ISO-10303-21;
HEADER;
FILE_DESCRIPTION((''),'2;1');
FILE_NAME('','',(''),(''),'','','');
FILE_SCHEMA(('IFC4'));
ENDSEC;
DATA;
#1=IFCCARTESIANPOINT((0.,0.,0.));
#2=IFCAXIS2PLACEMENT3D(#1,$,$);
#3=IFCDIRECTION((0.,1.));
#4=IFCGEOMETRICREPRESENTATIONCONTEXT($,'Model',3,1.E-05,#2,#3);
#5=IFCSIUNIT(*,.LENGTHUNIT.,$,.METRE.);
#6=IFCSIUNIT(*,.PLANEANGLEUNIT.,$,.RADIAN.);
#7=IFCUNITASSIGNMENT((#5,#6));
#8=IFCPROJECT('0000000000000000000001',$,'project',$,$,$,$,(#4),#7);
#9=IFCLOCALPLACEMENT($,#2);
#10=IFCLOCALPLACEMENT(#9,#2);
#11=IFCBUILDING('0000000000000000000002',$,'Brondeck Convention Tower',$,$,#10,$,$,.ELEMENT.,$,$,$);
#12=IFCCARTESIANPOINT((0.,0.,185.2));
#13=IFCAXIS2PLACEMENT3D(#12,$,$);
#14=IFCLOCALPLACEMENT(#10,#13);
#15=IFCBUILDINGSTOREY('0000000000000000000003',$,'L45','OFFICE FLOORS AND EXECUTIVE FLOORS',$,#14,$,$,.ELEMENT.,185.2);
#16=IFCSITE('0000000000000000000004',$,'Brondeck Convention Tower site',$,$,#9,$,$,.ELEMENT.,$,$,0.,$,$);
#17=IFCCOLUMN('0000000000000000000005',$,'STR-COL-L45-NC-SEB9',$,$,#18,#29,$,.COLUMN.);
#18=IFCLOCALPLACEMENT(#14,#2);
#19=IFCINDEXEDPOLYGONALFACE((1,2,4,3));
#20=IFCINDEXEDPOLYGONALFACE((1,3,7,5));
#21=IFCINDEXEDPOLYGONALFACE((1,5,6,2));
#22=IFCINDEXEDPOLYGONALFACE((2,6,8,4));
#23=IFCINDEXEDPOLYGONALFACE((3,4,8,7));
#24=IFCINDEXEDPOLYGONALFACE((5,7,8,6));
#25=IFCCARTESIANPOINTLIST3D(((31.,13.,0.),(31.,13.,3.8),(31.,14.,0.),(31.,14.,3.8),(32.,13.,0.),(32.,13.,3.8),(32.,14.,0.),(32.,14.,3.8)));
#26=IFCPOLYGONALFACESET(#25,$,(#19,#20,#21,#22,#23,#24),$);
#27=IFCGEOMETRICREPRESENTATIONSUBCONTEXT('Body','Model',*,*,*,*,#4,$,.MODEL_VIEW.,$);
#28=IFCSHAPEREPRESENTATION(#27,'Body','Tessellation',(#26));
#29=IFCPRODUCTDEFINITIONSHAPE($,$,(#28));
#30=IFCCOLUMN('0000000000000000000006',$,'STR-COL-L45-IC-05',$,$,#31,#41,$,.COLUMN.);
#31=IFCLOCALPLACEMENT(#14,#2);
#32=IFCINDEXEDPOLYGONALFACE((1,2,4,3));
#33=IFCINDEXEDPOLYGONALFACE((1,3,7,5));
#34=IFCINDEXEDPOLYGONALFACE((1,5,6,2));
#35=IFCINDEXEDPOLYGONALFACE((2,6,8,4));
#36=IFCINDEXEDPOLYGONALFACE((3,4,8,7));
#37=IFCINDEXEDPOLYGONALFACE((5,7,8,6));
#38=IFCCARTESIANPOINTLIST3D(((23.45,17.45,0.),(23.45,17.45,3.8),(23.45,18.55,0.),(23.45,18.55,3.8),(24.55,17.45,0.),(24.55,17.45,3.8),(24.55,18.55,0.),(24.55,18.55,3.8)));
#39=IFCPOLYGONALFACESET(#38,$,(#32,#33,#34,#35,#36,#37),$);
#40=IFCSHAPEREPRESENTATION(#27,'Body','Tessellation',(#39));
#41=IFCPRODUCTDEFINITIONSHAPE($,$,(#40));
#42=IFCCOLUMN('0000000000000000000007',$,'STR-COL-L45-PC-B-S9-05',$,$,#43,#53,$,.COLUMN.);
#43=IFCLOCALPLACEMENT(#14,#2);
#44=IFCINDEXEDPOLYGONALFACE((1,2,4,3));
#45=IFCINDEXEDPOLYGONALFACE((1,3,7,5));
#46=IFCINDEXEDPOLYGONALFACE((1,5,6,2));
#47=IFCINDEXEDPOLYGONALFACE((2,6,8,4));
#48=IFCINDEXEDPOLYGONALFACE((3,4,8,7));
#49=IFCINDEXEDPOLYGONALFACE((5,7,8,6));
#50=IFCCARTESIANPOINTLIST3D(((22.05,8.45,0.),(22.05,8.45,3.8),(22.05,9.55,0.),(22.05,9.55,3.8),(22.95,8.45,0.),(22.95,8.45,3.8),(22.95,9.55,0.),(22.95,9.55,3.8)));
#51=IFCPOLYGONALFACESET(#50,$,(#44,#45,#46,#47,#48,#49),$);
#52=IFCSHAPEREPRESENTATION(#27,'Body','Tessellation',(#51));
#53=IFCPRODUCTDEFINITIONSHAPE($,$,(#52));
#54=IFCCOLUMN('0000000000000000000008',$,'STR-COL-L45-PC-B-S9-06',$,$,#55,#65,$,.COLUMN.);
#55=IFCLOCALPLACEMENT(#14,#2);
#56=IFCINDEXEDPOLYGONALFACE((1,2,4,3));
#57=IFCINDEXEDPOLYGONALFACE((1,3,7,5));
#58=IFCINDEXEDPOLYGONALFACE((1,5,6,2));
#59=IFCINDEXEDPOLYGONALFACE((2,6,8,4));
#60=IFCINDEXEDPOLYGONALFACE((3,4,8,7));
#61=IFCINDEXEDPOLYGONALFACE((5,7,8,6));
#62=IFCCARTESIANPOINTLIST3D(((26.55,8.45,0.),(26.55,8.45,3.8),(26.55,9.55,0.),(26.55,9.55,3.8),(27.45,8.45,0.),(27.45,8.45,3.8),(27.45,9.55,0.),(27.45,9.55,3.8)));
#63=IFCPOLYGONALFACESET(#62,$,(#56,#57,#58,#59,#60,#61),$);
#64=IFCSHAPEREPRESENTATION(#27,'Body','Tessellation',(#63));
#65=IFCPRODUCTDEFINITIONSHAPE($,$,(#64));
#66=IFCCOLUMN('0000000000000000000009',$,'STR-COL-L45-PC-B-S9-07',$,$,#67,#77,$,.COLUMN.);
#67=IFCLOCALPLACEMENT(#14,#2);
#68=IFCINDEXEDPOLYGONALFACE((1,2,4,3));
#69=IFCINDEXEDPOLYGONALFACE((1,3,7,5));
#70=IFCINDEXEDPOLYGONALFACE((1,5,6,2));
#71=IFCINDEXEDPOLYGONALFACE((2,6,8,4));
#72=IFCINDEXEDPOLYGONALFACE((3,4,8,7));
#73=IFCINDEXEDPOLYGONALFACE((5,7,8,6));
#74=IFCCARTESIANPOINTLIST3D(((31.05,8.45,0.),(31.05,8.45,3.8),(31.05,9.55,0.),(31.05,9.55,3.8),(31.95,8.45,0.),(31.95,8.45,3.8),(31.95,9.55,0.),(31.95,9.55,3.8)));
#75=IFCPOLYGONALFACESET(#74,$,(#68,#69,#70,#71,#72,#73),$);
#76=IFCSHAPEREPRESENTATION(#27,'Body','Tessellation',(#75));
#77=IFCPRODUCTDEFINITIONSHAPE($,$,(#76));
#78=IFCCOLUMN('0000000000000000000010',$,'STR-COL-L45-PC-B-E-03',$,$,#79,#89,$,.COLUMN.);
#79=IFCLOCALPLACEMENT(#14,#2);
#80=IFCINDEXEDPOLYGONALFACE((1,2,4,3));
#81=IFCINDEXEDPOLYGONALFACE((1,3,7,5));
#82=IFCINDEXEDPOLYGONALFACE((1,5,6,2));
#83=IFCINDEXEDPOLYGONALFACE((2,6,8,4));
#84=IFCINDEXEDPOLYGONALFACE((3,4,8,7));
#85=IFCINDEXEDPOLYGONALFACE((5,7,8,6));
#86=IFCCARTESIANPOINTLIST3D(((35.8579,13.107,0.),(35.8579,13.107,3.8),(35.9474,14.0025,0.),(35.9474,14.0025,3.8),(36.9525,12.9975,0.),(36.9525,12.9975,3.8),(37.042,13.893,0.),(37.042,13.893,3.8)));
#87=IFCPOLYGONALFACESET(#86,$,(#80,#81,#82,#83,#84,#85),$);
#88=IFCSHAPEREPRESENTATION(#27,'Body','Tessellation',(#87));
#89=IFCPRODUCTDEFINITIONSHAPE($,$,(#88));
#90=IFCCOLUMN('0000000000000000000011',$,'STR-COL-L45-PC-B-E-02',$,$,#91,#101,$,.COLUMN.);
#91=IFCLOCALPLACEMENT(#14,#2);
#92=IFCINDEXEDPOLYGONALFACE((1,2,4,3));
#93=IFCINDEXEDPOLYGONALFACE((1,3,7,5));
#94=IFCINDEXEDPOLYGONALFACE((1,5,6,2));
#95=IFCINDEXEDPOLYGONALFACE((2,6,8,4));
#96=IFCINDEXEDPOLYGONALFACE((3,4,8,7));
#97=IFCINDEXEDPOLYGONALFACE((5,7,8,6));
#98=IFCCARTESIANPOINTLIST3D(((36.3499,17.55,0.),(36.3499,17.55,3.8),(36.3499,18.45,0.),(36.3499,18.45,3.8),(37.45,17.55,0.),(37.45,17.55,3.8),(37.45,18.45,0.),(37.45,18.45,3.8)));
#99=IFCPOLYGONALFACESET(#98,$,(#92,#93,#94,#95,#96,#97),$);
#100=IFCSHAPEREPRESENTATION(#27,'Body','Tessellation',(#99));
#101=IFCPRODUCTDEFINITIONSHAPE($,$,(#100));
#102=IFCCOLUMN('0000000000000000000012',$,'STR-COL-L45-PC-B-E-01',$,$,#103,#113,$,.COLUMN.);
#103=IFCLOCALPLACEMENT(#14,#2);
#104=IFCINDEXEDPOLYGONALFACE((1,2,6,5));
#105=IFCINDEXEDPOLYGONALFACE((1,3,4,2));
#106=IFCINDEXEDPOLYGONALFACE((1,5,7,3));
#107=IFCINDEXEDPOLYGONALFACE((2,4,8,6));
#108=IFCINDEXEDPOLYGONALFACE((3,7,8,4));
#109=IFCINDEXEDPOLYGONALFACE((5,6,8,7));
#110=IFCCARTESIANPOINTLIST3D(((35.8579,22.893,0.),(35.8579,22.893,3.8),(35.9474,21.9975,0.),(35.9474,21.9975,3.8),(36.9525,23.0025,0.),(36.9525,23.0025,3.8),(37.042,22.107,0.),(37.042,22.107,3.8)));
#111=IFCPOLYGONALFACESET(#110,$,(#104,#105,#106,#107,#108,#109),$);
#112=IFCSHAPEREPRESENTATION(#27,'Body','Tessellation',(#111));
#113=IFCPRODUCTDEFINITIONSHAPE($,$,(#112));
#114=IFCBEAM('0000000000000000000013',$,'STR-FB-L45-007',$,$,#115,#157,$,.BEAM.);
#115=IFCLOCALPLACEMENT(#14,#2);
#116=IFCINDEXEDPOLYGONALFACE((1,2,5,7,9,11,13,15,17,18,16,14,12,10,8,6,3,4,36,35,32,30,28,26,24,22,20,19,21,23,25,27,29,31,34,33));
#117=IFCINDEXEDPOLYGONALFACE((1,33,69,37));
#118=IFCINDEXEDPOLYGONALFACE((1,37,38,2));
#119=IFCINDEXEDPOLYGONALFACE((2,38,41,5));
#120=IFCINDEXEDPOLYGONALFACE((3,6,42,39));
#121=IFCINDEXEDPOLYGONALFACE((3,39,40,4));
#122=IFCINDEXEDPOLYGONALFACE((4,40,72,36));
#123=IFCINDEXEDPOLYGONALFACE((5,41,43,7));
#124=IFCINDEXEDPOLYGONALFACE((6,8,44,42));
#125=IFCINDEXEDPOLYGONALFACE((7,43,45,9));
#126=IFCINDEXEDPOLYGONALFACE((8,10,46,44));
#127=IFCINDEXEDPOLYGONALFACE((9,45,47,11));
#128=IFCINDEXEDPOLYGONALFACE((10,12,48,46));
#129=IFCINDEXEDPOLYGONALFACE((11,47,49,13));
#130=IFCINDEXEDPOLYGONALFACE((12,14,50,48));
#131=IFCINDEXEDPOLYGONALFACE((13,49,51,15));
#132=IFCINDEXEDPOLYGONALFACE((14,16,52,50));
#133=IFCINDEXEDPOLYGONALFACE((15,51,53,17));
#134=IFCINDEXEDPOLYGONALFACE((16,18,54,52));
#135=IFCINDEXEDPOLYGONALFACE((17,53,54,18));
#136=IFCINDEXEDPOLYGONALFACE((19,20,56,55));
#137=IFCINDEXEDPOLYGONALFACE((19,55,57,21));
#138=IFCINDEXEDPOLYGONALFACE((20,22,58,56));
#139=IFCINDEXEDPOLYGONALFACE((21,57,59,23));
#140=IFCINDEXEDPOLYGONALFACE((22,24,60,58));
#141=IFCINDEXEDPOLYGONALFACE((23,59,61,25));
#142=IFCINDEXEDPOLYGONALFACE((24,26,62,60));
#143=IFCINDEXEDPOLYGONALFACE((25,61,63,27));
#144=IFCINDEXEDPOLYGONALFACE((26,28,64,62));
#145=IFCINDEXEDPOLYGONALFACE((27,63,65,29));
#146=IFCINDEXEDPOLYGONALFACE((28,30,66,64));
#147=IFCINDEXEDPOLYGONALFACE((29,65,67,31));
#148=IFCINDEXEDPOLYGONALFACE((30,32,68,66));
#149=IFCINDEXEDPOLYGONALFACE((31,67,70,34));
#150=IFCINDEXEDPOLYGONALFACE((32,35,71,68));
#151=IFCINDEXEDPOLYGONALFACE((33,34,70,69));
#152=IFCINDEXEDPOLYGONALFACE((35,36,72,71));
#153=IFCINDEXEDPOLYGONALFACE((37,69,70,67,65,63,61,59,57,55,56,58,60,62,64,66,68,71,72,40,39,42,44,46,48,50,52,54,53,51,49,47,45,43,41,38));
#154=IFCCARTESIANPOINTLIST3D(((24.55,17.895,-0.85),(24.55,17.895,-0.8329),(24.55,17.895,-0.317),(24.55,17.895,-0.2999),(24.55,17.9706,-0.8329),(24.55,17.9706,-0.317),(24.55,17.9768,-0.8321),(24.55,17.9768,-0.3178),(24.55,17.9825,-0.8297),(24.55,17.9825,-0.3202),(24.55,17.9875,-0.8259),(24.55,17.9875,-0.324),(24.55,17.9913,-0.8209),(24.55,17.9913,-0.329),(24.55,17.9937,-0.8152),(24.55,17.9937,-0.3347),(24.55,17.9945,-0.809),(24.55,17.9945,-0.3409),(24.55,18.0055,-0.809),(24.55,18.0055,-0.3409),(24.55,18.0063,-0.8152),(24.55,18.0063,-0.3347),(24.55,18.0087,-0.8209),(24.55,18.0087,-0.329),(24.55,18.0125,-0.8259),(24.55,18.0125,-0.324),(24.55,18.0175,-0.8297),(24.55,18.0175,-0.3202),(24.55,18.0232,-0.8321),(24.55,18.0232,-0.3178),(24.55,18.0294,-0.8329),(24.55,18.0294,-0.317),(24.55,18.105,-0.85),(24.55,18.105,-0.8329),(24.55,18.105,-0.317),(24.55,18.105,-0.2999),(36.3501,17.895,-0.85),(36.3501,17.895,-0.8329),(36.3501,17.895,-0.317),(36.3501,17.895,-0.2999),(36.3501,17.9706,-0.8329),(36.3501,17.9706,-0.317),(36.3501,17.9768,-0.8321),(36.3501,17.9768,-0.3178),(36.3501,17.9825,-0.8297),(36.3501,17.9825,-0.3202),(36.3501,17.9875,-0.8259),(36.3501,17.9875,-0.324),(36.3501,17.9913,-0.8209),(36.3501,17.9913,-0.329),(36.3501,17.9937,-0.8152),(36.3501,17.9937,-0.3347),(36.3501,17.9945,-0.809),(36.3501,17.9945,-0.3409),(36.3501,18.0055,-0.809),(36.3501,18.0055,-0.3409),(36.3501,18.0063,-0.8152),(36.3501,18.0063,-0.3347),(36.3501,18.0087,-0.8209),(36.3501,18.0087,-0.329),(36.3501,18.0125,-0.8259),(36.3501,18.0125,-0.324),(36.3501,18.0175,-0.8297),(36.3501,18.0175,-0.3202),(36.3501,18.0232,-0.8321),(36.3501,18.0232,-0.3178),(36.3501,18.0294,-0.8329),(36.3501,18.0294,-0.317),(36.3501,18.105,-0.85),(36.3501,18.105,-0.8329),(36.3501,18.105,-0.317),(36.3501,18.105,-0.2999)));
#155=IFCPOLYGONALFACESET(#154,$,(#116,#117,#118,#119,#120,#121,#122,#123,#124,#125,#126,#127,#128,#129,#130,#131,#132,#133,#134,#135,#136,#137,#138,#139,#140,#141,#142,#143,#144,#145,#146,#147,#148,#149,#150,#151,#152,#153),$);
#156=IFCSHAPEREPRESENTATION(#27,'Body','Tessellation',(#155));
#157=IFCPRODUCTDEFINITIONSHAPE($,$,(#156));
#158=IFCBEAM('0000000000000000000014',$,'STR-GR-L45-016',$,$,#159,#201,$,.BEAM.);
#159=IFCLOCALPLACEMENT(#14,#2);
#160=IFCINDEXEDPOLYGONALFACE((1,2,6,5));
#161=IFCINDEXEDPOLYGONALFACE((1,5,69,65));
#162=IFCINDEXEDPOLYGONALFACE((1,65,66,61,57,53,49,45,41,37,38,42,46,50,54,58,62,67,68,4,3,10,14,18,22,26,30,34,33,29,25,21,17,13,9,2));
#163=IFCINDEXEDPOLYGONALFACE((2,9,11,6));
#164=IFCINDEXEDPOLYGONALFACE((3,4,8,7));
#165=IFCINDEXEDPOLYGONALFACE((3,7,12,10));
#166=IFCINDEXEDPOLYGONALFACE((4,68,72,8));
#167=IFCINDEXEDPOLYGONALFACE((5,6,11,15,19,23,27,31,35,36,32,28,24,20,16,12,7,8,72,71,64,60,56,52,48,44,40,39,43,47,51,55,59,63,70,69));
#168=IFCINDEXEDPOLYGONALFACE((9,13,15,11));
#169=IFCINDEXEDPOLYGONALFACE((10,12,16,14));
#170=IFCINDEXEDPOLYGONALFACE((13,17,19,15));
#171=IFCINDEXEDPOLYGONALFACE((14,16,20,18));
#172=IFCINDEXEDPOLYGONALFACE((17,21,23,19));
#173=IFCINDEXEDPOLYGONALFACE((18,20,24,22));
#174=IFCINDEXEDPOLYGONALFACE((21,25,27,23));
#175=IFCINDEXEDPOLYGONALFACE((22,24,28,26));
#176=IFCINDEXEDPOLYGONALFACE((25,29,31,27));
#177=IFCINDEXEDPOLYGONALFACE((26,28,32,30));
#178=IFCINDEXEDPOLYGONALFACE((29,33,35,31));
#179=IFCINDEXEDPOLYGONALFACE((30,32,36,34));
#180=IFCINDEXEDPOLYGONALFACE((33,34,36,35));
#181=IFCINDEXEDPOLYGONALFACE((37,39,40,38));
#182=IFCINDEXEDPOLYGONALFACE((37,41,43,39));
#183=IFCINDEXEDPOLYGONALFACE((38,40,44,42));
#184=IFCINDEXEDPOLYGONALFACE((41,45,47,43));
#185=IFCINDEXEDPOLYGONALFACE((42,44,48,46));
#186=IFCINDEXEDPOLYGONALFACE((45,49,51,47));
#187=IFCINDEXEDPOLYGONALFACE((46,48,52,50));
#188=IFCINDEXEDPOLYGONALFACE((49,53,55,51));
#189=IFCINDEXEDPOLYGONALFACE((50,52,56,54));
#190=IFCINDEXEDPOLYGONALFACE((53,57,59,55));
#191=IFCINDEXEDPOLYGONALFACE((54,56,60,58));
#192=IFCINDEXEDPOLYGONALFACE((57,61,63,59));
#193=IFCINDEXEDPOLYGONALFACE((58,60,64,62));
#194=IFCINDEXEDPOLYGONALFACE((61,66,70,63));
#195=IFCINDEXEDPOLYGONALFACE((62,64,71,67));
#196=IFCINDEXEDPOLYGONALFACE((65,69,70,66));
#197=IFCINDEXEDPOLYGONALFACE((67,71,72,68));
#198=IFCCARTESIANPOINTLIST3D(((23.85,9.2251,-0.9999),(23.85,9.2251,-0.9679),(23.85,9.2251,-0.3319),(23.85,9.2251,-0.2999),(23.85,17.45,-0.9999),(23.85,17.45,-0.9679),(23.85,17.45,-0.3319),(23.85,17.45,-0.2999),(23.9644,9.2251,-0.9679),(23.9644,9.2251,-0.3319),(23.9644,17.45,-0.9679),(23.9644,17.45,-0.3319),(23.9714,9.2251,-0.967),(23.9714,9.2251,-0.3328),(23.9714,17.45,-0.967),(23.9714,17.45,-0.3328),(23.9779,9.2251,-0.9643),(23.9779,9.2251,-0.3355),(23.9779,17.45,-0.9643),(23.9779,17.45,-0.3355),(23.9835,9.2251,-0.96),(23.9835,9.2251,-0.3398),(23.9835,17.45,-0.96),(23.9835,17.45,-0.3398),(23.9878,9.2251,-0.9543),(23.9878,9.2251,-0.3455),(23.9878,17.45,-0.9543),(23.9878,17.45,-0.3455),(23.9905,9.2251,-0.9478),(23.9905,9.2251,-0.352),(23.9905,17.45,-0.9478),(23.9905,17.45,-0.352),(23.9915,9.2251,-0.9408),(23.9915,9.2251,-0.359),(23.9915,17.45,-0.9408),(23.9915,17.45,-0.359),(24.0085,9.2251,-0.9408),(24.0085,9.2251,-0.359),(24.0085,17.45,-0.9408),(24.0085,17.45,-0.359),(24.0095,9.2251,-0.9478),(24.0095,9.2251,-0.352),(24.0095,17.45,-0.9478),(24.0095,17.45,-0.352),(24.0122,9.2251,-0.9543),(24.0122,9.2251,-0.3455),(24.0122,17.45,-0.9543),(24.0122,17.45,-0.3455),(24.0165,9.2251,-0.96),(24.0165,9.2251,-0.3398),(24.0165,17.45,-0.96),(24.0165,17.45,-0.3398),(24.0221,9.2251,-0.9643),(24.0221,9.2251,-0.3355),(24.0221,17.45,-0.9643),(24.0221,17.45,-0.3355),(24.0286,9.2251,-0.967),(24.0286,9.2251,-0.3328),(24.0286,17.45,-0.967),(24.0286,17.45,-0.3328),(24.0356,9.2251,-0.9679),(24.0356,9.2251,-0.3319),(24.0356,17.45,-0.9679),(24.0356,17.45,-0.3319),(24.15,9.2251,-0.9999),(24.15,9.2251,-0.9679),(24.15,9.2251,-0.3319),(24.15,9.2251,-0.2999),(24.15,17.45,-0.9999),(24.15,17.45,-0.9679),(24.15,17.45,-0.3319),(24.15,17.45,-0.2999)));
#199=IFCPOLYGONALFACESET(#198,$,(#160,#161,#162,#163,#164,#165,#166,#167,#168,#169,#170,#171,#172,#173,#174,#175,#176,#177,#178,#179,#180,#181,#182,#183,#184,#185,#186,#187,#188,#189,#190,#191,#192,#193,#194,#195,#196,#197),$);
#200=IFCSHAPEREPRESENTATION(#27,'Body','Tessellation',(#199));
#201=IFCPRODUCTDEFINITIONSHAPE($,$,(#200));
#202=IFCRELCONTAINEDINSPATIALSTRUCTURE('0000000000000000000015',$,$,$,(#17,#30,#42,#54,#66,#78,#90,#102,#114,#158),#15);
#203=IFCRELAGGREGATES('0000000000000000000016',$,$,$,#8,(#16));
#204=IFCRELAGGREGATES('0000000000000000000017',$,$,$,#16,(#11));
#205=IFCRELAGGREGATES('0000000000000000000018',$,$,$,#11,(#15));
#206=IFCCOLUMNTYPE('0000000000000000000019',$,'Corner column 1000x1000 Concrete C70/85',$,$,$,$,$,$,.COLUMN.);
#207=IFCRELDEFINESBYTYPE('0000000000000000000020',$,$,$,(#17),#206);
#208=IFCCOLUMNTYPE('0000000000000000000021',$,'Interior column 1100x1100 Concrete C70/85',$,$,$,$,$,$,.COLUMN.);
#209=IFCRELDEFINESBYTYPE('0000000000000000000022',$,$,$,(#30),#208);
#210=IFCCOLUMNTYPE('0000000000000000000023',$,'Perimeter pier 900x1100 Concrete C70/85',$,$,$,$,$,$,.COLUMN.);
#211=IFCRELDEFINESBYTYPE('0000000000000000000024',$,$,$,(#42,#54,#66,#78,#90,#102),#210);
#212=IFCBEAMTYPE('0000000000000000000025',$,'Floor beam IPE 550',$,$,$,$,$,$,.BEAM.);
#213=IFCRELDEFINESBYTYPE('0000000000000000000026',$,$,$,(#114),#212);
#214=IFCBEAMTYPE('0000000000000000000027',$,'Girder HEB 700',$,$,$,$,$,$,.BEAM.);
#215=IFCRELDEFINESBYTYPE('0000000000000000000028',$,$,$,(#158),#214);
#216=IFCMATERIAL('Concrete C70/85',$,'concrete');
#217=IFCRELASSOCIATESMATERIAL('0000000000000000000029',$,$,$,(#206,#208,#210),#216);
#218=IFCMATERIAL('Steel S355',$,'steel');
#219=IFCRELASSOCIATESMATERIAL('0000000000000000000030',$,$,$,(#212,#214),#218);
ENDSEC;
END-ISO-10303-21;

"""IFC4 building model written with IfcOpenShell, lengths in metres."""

from ifc_helpers import new_model, si_unit, direction, frame, origin, origin_2d, place, context, subcontext, project, spatial, rectangle, i_section, extrude, material, material_profile, profile_set, type_object, element, save


model = new_model("IFC4")

# Units and contexts
model_context = context("Model", 3, precision=1e-05, world=origin(), true_north=direction((0.0, 1.0)))
body_context = subcontext(model_context, "Body", "Model", "MODEL_VIEW")
ifc_project = project(units=[si_unit("LENGTHUNIT", "METRE"), si_unit("PLANEANGLEUNIT", "RADIAN")], contexts=[model_context])

# Site, building, storey
site_placement = place(None, origin())
site = spatial("IfcSite", under=ifc_project, at=site_placement, Name="Brondeck Convention Tower site", CompositionType="ELEMENT", RefElevation=0.0)
building_placement = place(site_placement, origin())
building = spatial("IfcBuilding", under=site, at=building_placement, Name="Brondeck Convention Tower", CompositionType="ELEMENT")
storey_placement = place(building_placement, frame((0.0, 0.0, 185.2)))
storey = spatial("IfcBuildingStorey", under=building, at=storey_placement, Name="L45", Description="OFFICE FLOORS AND EXECUTIVE FLOORS", CompositionType="ELEMENT", Elevation=185.2)

# Columns
ifc_material_1 = material(Name="Concrete C70/85", Category="concrete")
ifc_material_profile_1 = material_profile(ifc_material_1, rectangle(XDim=1.0, YDim=1.0, at=origin_2d()), Name="Corner column 1000x1000 Concrete C70/85")
ifc_profile_set_1 = profile_set([ifc_material_profile_1], Name="Concrete C70/85")
column_type_1 = type_object("IfcColumnType", Name="Corner column 1000x1000 Concrete C70/85", PredefinedType="COLUMN", material=ifc_profile_set_1)
column_1_placement = place(storey_placement, frame((31.5, 13.5, 0.0), z_axis=(0.0, 0.0, 1.0), x_axis=(1.0, 0.0, 0.0)))
element("IfcColumn", 1, at=column_1_placement, inside=storey, type_object=column_type_1, Name="STR-COL-L45-NC-SEB9", PredefinedType="COLUMN", context=body_context, shape_type="SweptSolid", body=[
    extrude(rectangle(XDim=1.0, YDim=1.0, at=origin_2d()), origin(), (0.0, 0.0, 1.0), 3.8),
])
ifc_material_profile_2 = material_profile(ifc_material_1, rectangle(XDim=1.1001, YDim=1.1001, at=origin_2d()), Name="Interior column 1100x1100 Concrete C70/85")
ifc_profile_set_2 = profile_set([ifc_material_profile_2], Name="Concrete C70/85")
column_type_2 = type_object("IfcColumnType", Name="Interior column 1100x1100 Concrete C70/85", PredefinedType="COLUMN", material=ifc_profile_set_2)
column_2_placement = place(storey_placement, frame((24.0, 18.0, 0.0), z_axis=(0.0, 0.0, 1.0), x_axis=(1.0, 0.0, 0.0)))
element("IfcColumn", 2, at=column_2_placement, inside=storey, type_object=column_type_2, Name="STR-COL-L45-IC-05", PredefinedType="COLUMN", context=body_context, shape_type="SweptSolid", body=[
    extrude(rectangle(XDim=1.1001, YDim=1.1001, at=origin_2d()), origin(), (0.0, 0.0, 1.0), 3.8),
])
ifc_material_profile_3 = material_profile(ifc_material_1, rectangle(XDim=0.8999, YDim=1.1001, at=origin_2d()), Name="Perimeter pier 900x1100 Concrete C70/85")
ifc_profile_set_3 = profile_set([ifc_material_profile_3], Name="Concrete C70/85")
column_type_3 = type_object("IfcColumnType", Name="Perimeter pier 900x1100 Concrete C70/85", PredefinedType="COLUMN", material=ifc_profile_set_3)
for number, where, z_axis, x_axis, name in (
    (3, (22.5, 9.0, 0.0), (0.0, 0.0, 1.0), (1.0, 0.0, 0.0), "STR-COL-L45-PC-B-S9-05"),
    (4, (27.0, 9.0, 0.0), (0.0, 0.0, 1.0), (1.0, 0.0, 0.0), "STR-COL-L45-PC-B-S9-06"),
    (5, (31.5, 9.0, 0.0), (0.0, 0.0, 1.0), (1.0, 0.0, 0.0), "STR-COL-L45-PC-B-S9-07"),
    (6, (36.45, 13.5, 0.0), (0.0, 0.0, 1.0), (0.099504, 0.995037, 0.0), "STR-COL-L45-PC-B-E-03"),
    (7, (36.8999, 18.0, 0.0), (0.0, 0.0, 1.0), (0.0, 1.0, 0.0), "STR-COL-L45-PC-B-E-02"),
    (8, (36.45, 22.5, 0.0), (0.0, 0.0, 1.0), (-0.099504, 0.995037, 0.0), "STR-COL-L45-PC-B-E-01"),
):
    element("IfcColumn", number, at=place(storey_placement, frame(where, z_axis=z_axis, x_axis=x_axis)), inside=storey, type_object=column_type_3, Name=name, PredefinedType="COLUMN", context=body_context, shape_type="SweptSolid", body=[
        extrude(rectangle(XDim=0.8999, YDim=1.1001, at=origin_2d()), origin(), (0.0, 0.0, 1.0), 3.8),
    ])

# Beams
ifc_material_2 = material(Name="Steel S355", Category="steel")
ifc_material_profile_4 = material_profile(ifc_material_2, i_section(OverallWidth=0.21, OverallDepth=0.55, WebThickness=0.011, FlangeThickness=0.0171, FilletRadius=0.0239, at=origin_2d()), Name="IPE 550")
ifc_profile_set_4 = profile_set([ifc_material_profile_4], Name="Steel S355")
beam_type_1 = type_object("IfcBeamType", Name="Floor beam IPE 550", PredefinedType="BEAM", material=ifc_profile_set_4)
beam_1_placement = place(storey_placement, frame((24.55, 18.0, -0.575), z_axis=(1.0, 0.0, 0.0), x_axis=(0.0, 1.0, 0.0)))
element("IfcBeam", 9, at=beam_1_placement, inside=storey, type_object=beam_type_1, Name="STR-FB-L45-007", PredefinedType="BEAM", context=body_context, shape_type="SweptSolid", body=[
    extrude(i_section(OverallWidth=0.21, OverallDepth=0.55, WebThickness=0.011, FlangeThickness=0.0171, FilletRadius=0.0239, at=origin_2d()), origin(), (0.0, 0.0, 1.0), 11.8),
])
ifc_material_profile_5 = material_profile(ifc_material_2, i_section(OverallWidth=0.3, OverallDepth=0.7, WebThickness=0.0171, FlangeThickness=0.032, FilletRadius=0.0271, at=origin_2d()), Name="HEB 700")
ifc_profile_set_5 = profile_set([ifc_material_profile_5], Name="Steel S355")
beam_type_2 = type_object("IfcBeamType", Name="Girder HEB 700", PredefinedType="BEAM", material=ifc_profile_set_5)
beam_2_placement = place(storey_placement, frame((24.0, 17.45, -0.6499), z_axis=(0.0, -1.0, 0.0), x_axis=(1.0, 0.0, 0.0)))
element("IfcBeam", 10, at=beam_2_placement, inside=storey, type_object=beam_type_2, Name="STR-GR-L45-016", PredefinedType="BEAM", context=body_context, shape_type="SweptSolid", body=[
    extrude(i_section(OverallWidth=0.3, OverallDepth=0.7, WebThickness=0.0171, FlangeThickness=0.032, FilletRadius=0.0271, at=origin_2d()), origin(), (0.0, 0.0, 1.0), 8.2249),
])

save(model, "model.ifc")
